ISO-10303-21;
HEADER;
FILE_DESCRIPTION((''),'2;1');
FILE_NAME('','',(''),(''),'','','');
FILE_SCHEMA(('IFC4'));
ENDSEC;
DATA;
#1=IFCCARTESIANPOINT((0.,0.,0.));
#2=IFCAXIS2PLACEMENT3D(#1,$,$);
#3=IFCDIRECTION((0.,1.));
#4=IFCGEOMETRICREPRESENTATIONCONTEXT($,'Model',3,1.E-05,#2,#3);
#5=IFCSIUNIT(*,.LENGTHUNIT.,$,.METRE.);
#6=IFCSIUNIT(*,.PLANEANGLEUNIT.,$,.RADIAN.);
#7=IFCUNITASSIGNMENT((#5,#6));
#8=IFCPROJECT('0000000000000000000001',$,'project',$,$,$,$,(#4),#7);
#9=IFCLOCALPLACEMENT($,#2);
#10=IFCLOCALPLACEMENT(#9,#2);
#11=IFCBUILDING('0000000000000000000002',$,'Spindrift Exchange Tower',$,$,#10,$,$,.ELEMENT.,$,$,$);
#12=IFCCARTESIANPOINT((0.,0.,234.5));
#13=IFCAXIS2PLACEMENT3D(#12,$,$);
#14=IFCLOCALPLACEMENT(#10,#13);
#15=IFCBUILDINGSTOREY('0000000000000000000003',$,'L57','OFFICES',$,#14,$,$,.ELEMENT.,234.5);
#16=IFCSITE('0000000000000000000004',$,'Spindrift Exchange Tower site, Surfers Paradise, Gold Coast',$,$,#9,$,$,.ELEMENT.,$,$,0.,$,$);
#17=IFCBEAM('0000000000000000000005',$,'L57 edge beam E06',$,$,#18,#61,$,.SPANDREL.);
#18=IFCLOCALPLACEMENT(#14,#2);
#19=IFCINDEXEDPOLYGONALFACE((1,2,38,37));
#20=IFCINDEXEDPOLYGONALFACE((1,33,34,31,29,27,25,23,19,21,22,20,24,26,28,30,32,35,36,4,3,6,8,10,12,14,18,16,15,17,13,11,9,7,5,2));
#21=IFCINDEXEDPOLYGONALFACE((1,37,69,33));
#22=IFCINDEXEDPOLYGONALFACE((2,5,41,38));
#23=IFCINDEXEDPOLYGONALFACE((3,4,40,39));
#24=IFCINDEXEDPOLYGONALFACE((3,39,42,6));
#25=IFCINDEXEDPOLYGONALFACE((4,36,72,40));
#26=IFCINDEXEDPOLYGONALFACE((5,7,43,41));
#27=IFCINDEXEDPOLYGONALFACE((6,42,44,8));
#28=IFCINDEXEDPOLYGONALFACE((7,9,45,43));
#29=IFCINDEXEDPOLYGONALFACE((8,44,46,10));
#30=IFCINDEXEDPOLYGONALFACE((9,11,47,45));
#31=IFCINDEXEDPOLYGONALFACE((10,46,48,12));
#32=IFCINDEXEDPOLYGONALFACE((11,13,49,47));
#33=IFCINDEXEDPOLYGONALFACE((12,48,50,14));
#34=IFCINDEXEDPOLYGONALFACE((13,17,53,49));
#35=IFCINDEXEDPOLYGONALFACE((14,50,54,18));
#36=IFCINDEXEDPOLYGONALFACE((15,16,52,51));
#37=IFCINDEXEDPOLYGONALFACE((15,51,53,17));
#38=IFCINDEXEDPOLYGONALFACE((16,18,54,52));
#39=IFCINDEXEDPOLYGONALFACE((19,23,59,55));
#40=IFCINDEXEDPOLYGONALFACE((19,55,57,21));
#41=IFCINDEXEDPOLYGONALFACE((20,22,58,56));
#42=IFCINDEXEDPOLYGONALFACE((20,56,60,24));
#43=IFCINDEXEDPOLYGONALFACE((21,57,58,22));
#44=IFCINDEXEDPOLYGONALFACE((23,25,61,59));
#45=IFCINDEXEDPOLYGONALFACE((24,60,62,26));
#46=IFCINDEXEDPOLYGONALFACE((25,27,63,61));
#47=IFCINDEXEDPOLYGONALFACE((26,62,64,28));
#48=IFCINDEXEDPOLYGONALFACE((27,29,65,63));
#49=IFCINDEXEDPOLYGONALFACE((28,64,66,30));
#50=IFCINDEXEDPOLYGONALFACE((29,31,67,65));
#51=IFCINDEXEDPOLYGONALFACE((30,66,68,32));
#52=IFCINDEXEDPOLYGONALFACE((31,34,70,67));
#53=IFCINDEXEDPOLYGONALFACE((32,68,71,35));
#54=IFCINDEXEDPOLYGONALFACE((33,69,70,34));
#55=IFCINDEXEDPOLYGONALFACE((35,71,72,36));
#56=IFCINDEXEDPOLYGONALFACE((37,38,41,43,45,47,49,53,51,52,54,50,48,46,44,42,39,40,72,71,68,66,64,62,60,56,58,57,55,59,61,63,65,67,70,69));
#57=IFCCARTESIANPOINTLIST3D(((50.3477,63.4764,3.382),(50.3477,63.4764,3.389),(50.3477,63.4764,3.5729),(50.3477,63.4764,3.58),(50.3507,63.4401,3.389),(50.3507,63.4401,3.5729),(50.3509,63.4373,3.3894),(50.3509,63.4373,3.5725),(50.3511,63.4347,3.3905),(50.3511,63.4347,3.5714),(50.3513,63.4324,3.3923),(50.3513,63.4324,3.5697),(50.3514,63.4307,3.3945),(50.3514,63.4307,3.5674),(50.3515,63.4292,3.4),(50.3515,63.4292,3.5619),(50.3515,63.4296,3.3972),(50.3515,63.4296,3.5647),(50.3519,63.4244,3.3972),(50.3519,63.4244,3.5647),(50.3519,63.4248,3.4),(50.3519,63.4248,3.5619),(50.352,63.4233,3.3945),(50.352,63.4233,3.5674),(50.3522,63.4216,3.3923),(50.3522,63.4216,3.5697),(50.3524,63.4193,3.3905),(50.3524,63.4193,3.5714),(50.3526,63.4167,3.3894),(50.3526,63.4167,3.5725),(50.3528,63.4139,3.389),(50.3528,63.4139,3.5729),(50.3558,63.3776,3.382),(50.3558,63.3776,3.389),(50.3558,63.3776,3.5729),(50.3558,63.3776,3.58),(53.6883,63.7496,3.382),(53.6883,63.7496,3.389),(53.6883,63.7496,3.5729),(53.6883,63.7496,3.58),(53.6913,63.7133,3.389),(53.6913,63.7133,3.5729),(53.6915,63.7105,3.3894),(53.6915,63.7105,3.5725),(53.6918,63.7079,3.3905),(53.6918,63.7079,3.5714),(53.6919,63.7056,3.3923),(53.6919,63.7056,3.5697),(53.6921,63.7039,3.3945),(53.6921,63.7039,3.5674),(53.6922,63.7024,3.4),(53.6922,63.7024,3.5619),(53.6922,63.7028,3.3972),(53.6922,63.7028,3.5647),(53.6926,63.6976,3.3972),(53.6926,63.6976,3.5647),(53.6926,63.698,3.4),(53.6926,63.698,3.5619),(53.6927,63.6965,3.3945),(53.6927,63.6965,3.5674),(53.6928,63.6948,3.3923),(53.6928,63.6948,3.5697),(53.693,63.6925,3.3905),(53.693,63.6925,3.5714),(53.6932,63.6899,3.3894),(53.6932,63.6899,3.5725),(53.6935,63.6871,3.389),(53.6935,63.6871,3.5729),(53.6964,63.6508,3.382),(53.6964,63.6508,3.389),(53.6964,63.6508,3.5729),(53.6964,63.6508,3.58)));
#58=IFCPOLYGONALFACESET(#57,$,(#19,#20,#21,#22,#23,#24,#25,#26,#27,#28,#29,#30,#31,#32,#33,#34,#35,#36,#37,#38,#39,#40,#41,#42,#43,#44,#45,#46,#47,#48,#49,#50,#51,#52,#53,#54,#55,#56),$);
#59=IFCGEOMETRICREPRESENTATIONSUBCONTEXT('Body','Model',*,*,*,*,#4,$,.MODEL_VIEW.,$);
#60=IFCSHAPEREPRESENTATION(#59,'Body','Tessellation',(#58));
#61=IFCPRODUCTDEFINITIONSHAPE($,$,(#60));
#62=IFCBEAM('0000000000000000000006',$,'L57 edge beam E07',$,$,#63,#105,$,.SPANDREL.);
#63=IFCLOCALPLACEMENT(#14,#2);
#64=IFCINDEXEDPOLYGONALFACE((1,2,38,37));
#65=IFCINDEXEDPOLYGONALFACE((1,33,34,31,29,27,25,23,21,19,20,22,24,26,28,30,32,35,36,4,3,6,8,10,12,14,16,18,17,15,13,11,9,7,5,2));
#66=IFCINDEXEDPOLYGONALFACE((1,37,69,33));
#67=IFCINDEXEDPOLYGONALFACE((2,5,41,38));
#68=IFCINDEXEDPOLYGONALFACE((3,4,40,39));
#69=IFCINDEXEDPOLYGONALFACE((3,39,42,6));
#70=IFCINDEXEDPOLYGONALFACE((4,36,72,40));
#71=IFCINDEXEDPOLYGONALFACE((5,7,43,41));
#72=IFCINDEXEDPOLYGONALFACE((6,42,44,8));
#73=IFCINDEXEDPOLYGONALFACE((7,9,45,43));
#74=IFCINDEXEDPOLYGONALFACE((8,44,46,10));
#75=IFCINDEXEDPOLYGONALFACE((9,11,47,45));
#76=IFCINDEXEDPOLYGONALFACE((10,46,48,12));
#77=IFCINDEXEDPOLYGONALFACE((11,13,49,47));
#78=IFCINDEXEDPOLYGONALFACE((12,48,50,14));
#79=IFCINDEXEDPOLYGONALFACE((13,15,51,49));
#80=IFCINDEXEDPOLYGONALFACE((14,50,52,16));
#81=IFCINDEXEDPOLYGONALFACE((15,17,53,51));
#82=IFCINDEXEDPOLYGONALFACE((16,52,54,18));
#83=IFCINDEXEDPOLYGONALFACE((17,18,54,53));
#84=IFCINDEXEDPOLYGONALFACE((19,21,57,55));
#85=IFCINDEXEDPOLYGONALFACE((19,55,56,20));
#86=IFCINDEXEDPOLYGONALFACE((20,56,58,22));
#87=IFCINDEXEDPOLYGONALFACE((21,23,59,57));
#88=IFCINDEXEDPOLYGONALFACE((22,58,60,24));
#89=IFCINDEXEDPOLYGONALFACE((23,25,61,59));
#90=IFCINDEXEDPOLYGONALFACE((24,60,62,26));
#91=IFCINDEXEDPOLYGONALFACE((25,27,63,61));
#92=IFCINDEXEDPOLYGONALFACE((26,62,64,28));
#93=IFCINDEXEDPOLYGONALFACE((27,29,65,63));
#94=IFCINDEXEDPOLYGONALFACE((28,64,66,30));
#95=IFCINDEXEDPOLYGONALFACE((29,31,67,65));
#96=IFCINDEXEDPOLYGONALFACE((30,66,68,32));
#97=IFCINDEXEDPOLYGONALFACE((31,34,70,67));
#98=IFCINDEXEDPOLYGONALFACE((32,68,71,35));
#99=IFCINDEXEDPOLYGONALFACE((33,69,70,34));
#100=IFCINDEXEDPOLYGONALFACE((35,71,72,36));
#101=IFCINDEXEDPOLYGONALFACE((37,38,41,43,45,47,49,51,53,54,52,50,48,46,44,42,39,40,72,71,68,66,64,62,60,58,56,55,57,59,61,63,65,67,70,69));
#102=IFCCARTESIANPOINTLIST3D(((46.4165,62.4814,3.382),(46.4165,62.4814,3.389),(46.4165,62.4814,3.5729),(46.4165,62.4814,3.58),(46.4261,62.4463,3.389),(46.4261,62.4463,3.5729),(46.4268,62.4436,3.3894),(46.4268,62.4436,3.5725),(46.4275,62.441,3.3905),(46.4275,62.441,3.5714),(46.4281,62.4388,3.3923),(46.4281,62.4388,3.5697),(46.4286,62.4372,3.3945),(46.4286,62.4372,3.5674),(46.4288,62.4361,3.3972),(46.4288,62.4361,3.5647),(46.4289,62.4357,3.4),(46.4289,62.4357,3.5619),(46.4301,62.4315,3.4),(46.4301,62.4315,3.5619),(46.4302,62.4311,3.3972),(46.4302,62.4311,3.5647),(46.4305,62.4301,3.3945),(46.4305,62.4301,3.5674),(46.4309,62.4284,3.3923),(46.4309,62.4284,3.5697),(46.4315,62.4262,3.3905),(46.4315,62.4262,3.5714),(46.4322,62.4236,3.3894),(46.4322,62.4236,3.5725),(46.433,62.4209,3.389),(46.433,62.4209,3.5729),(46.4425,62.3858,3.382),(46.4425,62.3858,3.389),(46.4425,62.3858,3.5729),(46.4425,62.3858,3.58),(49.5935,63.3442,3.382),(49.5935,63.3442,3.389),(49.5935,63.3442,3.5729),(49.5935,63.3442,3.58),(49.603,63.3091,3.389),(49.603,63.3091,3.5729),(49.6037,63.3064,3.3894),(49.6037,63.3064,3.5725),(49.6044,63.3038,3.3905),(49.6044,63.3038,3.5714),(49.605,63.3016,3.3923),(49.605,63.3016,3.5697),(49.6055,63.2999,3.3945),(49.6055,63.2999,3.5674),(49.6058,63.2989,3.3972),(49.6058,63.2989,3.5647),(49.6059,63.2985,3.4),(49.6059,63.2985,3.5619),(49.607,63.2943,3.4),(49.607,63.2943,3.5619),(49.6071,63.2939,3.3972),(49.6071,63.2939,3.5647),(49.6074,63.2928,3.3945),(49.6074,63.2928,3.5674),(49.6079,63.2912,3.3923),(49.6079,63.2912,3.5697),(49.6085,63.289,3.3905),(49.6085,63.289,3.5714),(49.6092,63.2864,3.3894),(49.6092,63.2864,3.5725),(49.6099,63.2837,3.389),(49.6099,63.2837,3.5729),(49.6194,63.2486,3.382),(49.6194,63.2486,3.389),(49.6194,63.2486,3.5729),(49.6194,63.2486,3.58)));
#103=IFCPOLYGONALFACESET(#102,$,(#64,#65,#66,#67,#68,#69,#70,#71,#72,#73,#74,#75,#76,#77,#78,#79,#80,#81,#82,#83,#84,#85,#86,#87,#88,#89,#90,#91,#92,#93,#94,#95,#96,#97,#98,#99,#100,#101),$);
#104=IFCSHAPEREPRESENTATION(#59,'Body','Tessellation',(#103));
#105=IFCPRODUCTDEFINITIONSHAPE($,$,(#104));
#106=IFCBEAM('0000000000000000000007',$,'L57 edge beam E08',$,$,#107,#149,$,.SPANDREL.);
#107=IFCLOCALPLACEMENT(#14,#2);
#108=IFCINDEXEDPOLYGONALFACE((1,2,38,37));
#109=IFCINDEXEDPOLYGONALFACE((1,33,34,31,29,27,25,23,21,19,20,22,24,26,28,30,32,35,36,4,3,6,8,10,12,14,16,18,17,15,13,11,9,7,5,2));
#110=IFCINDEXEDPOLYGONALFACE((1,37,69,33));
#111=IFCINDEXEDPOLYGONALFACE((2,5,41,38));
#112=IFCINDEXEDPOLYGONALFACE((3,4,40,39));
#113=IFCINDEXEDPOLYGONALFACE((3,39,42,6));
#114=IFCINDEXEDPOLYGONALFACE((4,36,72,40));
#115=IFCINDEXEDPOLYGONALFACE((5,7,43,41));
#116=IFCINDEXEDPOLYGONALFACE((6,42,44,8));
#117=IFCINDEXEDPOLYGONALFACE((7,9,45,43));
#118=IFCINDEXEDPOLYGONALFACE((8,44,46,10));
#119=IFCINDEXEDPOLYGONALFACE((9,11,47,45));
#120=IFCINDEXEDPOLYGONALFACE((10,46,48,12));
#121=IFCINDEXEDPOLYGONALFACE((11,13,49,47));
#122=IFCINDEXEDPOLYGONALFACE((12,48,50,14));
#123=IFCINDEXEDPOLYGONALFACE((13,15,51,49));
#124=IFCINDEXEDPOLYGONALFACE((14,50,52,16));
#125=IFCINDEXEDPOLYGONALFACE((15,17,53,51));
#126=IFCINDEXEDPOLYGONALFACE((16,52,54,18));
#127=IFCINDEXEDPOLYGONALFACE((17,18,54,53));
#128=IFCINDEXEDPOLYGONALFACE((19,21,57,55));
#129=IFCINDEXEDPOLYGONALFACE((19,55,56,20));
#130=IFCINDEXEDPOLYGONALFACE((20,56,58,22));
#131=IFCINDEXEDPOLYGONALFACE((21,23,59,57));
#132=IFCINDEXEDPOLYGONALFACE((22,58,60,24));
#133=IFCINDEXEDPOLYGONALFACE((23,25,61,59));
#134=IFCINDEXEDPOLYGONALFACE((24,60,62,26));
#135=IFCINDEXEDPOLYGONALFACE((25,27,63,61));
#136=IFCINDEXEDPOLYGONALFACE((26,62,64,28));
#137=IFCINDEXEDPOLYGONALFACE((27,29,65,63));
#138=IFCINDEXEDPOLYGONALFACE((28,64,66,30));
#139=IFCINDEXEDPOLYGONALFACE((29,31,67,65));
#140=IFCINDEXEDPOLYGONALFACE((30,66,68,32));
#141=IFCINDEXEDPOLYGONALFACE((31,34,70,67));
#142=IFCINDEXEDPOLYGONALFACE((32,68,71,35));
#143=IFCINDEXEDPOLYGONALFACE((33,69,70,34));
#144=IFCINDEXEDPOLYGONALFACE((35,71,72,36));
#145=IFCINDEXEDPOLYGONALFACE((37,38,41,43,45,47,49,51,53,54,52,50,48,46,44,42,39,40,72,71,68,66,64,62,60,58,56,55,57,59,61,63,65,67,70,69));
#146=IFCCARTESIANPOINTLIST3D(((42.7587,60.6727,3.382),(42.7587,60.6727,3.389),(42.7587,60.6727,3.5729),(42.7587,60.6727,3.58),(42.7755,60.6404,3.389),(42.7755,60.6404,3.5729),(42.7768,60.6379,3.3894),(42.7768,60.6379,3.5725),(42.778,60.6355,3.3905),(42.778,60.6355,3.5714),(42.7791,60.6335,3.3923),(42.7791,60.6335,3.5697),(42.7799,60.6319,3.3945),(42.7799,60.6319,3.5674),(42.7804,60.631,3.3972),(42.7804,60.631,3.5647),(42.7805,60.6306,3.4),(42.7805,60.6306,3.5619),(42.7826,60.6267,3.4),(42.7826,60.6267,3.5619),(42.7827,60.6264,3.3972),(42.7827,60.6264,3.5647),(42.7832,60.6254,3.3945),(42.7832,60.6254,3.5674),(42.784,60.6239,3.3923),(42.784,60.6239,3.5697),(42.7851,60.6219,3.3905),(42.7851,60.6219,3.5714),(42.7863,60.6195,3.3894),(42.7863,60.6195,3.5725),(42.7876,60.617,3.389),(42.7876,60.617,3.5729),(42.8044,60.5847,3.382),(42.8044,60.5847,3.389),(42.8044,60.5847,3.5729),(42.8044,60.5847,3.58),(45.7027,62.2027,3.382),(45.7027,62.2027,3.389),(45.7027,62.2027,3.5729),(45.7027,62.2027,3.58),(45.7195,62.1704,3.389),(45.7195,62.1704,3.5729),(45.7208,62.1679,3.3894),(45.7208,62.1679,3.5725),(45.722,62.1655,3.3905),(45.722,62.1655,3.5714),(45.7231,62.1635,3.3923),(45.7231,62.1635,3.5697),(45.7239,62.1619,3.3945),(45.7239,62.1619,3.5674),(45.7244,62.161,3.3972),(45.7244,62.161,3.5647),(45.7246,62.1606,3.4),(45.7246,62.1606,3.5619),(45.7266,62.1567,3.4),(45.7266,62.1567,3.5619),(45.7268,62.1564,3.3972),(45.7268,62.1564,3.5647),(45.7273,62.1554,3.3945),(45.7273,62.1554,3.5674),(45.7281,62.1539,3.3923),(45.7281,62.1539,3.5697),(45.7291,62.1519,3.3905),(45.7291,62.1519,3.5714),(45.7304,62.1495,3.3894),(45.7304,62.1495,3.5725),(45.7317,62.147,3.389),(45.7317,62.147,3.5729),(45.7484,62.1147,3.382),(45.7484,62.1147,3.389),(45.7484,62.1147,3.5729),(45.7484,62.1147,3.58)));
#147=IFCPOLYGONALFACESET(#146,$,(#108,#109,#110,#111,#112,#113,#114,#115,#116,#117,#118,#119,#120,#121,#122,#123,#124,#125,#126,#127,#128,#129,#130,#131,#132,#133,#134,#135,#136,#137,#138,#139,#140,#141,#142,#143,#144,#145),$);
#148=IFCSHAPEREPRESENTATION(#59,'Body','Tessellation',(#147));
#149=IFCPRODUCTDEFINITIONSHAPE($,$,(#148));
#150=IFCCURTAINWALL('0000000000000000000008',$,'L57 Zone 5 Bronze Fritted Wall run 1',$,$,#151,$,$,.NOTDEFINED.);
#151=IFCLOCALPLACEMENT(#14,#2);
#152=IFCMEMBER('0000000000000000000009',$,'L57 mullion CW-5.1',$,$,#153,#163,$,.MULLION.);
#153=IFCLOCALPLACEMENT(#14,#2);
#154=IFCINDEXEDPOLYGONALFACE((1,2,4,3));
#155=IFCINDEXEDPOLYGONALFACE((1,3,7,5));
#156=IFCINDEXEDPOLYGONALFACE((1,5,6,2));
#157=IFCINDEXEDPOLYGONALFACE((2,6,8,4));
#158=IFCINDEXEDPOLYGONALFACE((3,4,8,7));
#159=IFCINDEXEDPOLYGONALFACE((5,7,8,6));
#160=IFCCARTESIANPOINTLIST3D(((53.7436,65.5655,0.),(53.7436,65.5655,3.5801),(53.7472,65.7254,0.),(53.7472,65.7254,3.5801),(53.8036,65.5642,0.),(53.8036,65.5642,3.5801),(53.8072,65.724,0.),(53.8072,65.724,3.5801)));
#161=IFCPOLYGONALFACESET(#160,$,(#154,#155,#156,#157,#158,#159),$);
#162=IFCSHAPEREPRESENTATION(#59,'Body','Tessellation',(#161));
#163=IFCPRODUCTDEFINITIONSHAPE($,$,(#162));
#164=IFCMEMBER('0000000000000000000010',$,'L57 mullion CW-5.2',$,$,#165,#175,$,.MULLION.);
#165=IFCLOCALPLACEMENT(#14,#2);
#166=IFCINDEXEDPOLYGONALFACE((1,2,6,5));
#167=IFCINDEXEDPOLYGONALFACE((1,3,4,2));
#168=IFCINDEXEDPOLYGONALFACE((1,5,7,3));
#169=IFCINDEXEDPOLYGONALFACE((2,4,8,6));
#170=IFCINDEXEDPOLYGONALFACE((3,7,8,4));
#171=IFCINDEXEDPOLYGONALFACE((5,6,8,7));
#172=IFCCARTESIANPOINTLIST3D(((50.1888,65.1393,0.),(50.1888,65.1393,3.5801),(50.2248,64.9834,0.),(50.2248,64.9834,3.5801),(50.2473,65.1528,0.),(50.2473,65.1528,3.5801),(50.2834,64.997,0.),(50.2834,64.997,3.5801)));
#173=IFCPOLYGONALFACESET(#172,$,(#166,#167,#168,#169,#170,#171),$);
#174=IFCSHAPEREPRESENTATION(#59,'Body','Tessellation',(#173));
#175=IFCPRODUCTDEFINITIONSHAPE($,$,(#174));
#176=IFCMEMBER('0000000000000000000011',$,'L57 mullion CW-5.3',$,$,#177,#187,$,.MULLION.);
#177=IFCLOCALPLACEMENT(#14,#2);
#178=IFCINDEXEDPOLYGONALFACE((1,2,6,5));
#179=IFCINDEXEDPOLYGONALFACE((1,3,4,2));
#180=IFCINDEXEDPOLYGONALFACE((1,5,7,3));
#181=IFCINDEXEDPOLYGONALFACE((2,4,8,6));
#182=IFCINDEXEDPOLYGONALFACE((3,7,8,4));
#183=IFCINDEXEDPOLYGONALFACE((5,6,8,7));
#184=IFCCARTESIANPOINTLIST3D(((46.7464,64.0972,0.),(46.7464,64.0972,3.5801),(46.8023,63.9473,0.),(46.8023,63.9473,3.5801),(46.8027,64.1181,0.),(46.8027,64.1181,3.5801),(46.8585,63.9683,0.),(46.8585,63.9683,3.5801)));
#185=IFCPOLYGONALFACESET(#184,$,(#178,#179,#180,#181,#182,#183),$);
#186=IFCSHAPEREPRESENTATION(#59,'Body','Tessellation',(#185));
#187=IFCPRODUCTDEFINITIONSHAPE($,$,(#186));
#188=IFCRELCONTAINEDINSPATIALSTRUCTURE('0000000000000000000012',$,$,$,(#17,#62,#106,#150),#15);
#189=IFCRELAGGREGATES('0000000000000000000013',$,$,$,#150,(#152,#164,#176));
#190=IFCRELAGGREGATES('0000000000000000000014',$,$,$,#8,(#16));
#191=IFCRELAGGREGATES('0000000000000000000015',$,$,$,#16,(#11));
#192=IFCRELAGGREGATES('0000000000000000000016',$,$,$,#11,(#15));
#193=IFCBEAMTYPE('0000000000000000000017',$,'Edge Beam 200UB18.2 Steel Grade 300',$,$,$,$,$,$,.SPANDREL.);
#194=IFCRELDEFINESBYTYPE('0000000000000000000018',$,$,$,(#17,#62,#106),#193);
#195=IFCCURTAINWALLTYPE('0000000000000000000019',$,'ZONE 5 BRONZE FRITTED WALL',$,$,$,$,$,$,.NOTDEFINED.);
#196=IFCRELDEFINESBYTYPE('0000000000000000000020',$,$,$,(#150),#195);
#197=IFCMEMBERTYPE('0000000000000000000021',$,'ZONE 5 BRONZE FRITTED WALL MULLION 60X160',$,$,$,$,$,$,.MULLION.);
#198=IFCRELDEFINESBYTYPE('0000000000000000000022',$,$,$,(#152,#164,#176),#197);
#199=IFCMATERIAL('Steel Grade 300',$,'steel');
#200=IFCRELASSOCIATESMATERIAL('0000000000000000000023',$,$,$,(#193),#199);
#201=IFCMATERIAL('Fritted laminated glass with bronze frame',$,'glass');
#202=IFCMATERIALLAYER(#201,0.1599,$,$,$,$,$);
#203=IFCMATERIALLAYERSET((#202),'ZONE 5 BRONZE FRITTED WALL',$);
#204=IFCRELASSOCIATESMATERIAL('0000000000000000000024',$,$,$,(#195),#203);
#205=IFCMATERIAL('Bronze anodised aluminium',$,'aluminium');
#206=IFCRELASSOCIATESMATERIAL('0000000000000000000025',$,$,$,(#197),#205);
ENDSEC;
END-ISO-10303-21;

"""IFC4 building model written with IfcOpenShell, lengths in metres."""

from ifc_helpers import new_model, si_unit, direction, frame, origin, origin_2d, place, context, subcontext, project, spatial, rectangle, i_section, extrude, source, transform, mapped, material, layer, layer_set, material_profile, profile_set, type_object, element, aggregate, save


model = new_model("IFC4")

# Units and contexts
model_context = context("Model", 3, precision=1e-05, world=origin(), true_north=direction((0.0, 1.0)))
body_context = subcontext(model_context, "Body", "Model", "MODEL_VIEW")
ifc_project = project(units=[si_unit("LENGTHUNIT", "METRE"), si_unit("PLANEANGLEUNIT", "RADIAN")], contexts=[model_context])

# Site, building, storey
site_placement = place(None, origin())
site = spatial("IfcSite", under=ifc_project, at=site_placement, Name="Spindrift Exchange Tower site, Surfers Paradise, Gold Coast", CompositionType="ELEMENT", RefElevation=0.0)
building_placement = place(site_placement, origin())
building = spatial("IfcBuilding", under=site, at=building_placement, Name="Spindrift Exchange Tower", CompositionType="ELEMENT")
storey_placement = place(building_placement, frame((0.0, 0.0, 234.5)))
storey = spatial("IfcBuildingStorey", under=building, at=storey_placement, Name="L57", Description="OFFICES", CompositionType="ELEMENT", Elevation=234.5)

# Beams
ifc_material_1 = material(Name="Steel Grade 300", Category="steel")
ifc_material_profile_1 = material_profile(ifc_material_1, i_section(OverallWidth=0.0991, OverallDepth=0.198, WebThickness=0.0044, FlangeThickness=0.0071, FilletRadius=0.011, at=origin_2d()), Name="200UB18.2")
ifc_profile_set_1 = profile_set([ifc_material_profile_1], Name="Steel Grade 300")
beam_type_1 = type_object("IfcBeamType", Name="Edge Beam 200UB18.2 Steel Grade 300", PredefinedType="SPANDREL", material=ifc_profile_set_1)
shared_shape_1 = source(origin(), body_context, "Body", "SweptSolid", [
    extrude(i_section(OverallWidth=0.0991, OverallDepth=0.198, WebThickness=0.0044, FlangeThickness=0.0071, FilletRadius=0.011, at=origin_2d()), origin(), (0.0, 0.0, 1.0), 3.3518),
])
beam_1_placement = place(storey_placement, frame((53.6924, 63.7002, 3.481), z_axis=(-0.996673, -0.081508, 0.0), x_axis=(0.081508, -0.996673, 0.0)))
element("IfcBeam", 1, at=beam_1_placement, inside=storey, type_object=beam_type_1, Name="L57 edge beam E06", PredefinedType="SPANDREL", context=body_context, shape_type="MappedRepresentation", body=[
    mapped(shared_shape_1, transform((0.0, 0.0, 0.0), scale=1.0)),
])
shared_shape_2 = source(origin(), body_context, "Body", "SweptSolid", [
    extrude(i_section(OverallWidth=0.0991, OverallDepth=0.198, WebThickness=0.0044, FlangeThickness=0.0071, FilletRadius=0.011, at=origin_2d()), origin(), (0.0, 0.0, 1.0), 3.292),
])
beam_2_placement = place(storey_placement, frame((49.6064, 63.2964, 3.481), z_axis=(-0.965046, -0.262082, 0.0), x_axis=(0.262082, -0.965046, 0.0)))
element("IfcBeam", 2, at=beam_2_placement, inside=storey, type_object=beam_type_1, Name="L57 edge beam E07", PredefinedType="SPANDREL", context=body_context, shape_type="MappedRepresentation", body=[
    mapped(shared_shape_2, transform((0.0, 0.0, 0.0), scale=1.0)),
])
shared_shape_3 = source(origin(), body_context, "Body", "SweptSolid", [
    extrude(i_section(OverallWidth=0.0991, OverallDepth=0.198, WebThickness=0.0044, FlangeThickness=0.0071, FilletRadius=0.011, at=origin_2d()), origin(), (0.0, 0.0, 1.0), 3.3179),
])
beam_3_placement = place(storey_placement, frame((45.7256, 62.1587, 3.481), z_axis=(-0.887328, -0.46114, 0.0), x_axis=(0.46114, -0.887328, 0.0)))
element("IfcBeam", 3, at=beam_3_placement, inside=storey, type_object=beam_type_1, Name="L57 edge beam E08", PredefinedType="SPANDREL", context=body_context, shape_type="MappedRepresentation", body=[
    mapped(shared_shape_3, transform((0.0, 0.0, 0.0), scale=1.0)),
])

# Curtain wall, members
ifc_material_2 = material(Name="Fritted laminated glass with bronze frame", Category="glass")
ifc_layer_1 = layer(ifc_material_2, 0.1599)
ifc_layer_set_1 = layer_set([ifc_layer_1], Name="ZONE 5 BRONZE FRITTED WALL")
curtain_wall_type = type_object("IfcCurtainWallType", Name="ZONE 5 BRONZE FRITTED WALL", PredefinedType="NOTDEFINED", material=ifc_layer_set_1)
curtain_wall_placement = place(storey_placement, origin())
curtain_wall = element("IfcCurtainWall", 4, at=curtain_wall_placement, inside=storey, type_object=curtain_wall_type, Name="L57 Zone 5 Bronze Fritted Wall run 1", PredefinedType="NOTDEFINED")
ifc_material_3 = material(Name="Bronze anodised aluminium", Category="aluminium")
ifc_material_profile_2 = material_profile(ifc_material_3, rectangle(XDim=0.0601, YDim=0.1599, at=origin_2d()), Name="ZONE 5 BRONZE FRITTED WALL MULLION 60X160")
ifc_profile_set_2 = profile_set([ifc_material_profile_2], Name="Bronze anodised aluminium")
member_type_1 = type_object("IfcMemberType", Name="ZONE 5 BRONZE FRITTED WALL MULLION 60X160", PredefinedType="MULLION", material=ifc_profile_set_2)
shared_shape_4 = source(origin(), body_context, "Body", "SweptSolid", [
    extrude(rectangle(XDim=0.0601, YDim=0.1599, at=origin_2d()), origin(), (0.0, 0.0, 1.0), 3.5801),
])
member_1_placement = place(storey_placement, frame((53.7754, 65.6448, 0.0), z_axis=(0.0, 0.0, 1.0), x_axis=(-0.999742, 0.02272, 0.0)))
member_1 = element("IfcMember", 5, at=member_1_placement, type_object=member_type_1, Name="L57 mullion CW-5.1", PredefinedType="MULLION", context=body_context, shape_type="MappedRepresentation", body=[
    mapped(shared_shape_4, transform((0.0, 0.0, 0.0), scale=1.0)),
])
member_2_placement = place(storey_placement, frame((50.2361, 65.0681, 0.0), z_axis=(0.0, 0.0, 1.0), x_axis=(-0.9743, -0.225254, 0.0)))
member_2 = element("IfcMember", 6, at=member_2_placement, type_object=member_type_1, Name="L57 mullion CW-5.2", PredefinedType="MULLION", context=body_context, shape_type="MappedRepresentation", body=[
    mapped(shared_shape_4, transform((0.0, 0.0, 0.0), scale=1.0)),
])
member_3_placement = place(storey_placement, frame((46.8025, 64.0327, 0.0), z_axis=(0.0, 0.0, 1.0), x_axis=(-0.937122, -0.349003, 0.0)))
member_3 = element("IfcMember", 7, at=member_3_placement, type_object=member_type_1, Name="L57 mullion CW-5.3", PredefinedType="MULLION", context=body_context, shape_type="MappedRepresentation", body=[
    mapped(shared_shape_4, transform((0.0, 0.0, 0.0), scale=1.0)),
])
aggregate(curtain_wall, [member_1, member_2, member_3])

save(model, "model.ifc")
